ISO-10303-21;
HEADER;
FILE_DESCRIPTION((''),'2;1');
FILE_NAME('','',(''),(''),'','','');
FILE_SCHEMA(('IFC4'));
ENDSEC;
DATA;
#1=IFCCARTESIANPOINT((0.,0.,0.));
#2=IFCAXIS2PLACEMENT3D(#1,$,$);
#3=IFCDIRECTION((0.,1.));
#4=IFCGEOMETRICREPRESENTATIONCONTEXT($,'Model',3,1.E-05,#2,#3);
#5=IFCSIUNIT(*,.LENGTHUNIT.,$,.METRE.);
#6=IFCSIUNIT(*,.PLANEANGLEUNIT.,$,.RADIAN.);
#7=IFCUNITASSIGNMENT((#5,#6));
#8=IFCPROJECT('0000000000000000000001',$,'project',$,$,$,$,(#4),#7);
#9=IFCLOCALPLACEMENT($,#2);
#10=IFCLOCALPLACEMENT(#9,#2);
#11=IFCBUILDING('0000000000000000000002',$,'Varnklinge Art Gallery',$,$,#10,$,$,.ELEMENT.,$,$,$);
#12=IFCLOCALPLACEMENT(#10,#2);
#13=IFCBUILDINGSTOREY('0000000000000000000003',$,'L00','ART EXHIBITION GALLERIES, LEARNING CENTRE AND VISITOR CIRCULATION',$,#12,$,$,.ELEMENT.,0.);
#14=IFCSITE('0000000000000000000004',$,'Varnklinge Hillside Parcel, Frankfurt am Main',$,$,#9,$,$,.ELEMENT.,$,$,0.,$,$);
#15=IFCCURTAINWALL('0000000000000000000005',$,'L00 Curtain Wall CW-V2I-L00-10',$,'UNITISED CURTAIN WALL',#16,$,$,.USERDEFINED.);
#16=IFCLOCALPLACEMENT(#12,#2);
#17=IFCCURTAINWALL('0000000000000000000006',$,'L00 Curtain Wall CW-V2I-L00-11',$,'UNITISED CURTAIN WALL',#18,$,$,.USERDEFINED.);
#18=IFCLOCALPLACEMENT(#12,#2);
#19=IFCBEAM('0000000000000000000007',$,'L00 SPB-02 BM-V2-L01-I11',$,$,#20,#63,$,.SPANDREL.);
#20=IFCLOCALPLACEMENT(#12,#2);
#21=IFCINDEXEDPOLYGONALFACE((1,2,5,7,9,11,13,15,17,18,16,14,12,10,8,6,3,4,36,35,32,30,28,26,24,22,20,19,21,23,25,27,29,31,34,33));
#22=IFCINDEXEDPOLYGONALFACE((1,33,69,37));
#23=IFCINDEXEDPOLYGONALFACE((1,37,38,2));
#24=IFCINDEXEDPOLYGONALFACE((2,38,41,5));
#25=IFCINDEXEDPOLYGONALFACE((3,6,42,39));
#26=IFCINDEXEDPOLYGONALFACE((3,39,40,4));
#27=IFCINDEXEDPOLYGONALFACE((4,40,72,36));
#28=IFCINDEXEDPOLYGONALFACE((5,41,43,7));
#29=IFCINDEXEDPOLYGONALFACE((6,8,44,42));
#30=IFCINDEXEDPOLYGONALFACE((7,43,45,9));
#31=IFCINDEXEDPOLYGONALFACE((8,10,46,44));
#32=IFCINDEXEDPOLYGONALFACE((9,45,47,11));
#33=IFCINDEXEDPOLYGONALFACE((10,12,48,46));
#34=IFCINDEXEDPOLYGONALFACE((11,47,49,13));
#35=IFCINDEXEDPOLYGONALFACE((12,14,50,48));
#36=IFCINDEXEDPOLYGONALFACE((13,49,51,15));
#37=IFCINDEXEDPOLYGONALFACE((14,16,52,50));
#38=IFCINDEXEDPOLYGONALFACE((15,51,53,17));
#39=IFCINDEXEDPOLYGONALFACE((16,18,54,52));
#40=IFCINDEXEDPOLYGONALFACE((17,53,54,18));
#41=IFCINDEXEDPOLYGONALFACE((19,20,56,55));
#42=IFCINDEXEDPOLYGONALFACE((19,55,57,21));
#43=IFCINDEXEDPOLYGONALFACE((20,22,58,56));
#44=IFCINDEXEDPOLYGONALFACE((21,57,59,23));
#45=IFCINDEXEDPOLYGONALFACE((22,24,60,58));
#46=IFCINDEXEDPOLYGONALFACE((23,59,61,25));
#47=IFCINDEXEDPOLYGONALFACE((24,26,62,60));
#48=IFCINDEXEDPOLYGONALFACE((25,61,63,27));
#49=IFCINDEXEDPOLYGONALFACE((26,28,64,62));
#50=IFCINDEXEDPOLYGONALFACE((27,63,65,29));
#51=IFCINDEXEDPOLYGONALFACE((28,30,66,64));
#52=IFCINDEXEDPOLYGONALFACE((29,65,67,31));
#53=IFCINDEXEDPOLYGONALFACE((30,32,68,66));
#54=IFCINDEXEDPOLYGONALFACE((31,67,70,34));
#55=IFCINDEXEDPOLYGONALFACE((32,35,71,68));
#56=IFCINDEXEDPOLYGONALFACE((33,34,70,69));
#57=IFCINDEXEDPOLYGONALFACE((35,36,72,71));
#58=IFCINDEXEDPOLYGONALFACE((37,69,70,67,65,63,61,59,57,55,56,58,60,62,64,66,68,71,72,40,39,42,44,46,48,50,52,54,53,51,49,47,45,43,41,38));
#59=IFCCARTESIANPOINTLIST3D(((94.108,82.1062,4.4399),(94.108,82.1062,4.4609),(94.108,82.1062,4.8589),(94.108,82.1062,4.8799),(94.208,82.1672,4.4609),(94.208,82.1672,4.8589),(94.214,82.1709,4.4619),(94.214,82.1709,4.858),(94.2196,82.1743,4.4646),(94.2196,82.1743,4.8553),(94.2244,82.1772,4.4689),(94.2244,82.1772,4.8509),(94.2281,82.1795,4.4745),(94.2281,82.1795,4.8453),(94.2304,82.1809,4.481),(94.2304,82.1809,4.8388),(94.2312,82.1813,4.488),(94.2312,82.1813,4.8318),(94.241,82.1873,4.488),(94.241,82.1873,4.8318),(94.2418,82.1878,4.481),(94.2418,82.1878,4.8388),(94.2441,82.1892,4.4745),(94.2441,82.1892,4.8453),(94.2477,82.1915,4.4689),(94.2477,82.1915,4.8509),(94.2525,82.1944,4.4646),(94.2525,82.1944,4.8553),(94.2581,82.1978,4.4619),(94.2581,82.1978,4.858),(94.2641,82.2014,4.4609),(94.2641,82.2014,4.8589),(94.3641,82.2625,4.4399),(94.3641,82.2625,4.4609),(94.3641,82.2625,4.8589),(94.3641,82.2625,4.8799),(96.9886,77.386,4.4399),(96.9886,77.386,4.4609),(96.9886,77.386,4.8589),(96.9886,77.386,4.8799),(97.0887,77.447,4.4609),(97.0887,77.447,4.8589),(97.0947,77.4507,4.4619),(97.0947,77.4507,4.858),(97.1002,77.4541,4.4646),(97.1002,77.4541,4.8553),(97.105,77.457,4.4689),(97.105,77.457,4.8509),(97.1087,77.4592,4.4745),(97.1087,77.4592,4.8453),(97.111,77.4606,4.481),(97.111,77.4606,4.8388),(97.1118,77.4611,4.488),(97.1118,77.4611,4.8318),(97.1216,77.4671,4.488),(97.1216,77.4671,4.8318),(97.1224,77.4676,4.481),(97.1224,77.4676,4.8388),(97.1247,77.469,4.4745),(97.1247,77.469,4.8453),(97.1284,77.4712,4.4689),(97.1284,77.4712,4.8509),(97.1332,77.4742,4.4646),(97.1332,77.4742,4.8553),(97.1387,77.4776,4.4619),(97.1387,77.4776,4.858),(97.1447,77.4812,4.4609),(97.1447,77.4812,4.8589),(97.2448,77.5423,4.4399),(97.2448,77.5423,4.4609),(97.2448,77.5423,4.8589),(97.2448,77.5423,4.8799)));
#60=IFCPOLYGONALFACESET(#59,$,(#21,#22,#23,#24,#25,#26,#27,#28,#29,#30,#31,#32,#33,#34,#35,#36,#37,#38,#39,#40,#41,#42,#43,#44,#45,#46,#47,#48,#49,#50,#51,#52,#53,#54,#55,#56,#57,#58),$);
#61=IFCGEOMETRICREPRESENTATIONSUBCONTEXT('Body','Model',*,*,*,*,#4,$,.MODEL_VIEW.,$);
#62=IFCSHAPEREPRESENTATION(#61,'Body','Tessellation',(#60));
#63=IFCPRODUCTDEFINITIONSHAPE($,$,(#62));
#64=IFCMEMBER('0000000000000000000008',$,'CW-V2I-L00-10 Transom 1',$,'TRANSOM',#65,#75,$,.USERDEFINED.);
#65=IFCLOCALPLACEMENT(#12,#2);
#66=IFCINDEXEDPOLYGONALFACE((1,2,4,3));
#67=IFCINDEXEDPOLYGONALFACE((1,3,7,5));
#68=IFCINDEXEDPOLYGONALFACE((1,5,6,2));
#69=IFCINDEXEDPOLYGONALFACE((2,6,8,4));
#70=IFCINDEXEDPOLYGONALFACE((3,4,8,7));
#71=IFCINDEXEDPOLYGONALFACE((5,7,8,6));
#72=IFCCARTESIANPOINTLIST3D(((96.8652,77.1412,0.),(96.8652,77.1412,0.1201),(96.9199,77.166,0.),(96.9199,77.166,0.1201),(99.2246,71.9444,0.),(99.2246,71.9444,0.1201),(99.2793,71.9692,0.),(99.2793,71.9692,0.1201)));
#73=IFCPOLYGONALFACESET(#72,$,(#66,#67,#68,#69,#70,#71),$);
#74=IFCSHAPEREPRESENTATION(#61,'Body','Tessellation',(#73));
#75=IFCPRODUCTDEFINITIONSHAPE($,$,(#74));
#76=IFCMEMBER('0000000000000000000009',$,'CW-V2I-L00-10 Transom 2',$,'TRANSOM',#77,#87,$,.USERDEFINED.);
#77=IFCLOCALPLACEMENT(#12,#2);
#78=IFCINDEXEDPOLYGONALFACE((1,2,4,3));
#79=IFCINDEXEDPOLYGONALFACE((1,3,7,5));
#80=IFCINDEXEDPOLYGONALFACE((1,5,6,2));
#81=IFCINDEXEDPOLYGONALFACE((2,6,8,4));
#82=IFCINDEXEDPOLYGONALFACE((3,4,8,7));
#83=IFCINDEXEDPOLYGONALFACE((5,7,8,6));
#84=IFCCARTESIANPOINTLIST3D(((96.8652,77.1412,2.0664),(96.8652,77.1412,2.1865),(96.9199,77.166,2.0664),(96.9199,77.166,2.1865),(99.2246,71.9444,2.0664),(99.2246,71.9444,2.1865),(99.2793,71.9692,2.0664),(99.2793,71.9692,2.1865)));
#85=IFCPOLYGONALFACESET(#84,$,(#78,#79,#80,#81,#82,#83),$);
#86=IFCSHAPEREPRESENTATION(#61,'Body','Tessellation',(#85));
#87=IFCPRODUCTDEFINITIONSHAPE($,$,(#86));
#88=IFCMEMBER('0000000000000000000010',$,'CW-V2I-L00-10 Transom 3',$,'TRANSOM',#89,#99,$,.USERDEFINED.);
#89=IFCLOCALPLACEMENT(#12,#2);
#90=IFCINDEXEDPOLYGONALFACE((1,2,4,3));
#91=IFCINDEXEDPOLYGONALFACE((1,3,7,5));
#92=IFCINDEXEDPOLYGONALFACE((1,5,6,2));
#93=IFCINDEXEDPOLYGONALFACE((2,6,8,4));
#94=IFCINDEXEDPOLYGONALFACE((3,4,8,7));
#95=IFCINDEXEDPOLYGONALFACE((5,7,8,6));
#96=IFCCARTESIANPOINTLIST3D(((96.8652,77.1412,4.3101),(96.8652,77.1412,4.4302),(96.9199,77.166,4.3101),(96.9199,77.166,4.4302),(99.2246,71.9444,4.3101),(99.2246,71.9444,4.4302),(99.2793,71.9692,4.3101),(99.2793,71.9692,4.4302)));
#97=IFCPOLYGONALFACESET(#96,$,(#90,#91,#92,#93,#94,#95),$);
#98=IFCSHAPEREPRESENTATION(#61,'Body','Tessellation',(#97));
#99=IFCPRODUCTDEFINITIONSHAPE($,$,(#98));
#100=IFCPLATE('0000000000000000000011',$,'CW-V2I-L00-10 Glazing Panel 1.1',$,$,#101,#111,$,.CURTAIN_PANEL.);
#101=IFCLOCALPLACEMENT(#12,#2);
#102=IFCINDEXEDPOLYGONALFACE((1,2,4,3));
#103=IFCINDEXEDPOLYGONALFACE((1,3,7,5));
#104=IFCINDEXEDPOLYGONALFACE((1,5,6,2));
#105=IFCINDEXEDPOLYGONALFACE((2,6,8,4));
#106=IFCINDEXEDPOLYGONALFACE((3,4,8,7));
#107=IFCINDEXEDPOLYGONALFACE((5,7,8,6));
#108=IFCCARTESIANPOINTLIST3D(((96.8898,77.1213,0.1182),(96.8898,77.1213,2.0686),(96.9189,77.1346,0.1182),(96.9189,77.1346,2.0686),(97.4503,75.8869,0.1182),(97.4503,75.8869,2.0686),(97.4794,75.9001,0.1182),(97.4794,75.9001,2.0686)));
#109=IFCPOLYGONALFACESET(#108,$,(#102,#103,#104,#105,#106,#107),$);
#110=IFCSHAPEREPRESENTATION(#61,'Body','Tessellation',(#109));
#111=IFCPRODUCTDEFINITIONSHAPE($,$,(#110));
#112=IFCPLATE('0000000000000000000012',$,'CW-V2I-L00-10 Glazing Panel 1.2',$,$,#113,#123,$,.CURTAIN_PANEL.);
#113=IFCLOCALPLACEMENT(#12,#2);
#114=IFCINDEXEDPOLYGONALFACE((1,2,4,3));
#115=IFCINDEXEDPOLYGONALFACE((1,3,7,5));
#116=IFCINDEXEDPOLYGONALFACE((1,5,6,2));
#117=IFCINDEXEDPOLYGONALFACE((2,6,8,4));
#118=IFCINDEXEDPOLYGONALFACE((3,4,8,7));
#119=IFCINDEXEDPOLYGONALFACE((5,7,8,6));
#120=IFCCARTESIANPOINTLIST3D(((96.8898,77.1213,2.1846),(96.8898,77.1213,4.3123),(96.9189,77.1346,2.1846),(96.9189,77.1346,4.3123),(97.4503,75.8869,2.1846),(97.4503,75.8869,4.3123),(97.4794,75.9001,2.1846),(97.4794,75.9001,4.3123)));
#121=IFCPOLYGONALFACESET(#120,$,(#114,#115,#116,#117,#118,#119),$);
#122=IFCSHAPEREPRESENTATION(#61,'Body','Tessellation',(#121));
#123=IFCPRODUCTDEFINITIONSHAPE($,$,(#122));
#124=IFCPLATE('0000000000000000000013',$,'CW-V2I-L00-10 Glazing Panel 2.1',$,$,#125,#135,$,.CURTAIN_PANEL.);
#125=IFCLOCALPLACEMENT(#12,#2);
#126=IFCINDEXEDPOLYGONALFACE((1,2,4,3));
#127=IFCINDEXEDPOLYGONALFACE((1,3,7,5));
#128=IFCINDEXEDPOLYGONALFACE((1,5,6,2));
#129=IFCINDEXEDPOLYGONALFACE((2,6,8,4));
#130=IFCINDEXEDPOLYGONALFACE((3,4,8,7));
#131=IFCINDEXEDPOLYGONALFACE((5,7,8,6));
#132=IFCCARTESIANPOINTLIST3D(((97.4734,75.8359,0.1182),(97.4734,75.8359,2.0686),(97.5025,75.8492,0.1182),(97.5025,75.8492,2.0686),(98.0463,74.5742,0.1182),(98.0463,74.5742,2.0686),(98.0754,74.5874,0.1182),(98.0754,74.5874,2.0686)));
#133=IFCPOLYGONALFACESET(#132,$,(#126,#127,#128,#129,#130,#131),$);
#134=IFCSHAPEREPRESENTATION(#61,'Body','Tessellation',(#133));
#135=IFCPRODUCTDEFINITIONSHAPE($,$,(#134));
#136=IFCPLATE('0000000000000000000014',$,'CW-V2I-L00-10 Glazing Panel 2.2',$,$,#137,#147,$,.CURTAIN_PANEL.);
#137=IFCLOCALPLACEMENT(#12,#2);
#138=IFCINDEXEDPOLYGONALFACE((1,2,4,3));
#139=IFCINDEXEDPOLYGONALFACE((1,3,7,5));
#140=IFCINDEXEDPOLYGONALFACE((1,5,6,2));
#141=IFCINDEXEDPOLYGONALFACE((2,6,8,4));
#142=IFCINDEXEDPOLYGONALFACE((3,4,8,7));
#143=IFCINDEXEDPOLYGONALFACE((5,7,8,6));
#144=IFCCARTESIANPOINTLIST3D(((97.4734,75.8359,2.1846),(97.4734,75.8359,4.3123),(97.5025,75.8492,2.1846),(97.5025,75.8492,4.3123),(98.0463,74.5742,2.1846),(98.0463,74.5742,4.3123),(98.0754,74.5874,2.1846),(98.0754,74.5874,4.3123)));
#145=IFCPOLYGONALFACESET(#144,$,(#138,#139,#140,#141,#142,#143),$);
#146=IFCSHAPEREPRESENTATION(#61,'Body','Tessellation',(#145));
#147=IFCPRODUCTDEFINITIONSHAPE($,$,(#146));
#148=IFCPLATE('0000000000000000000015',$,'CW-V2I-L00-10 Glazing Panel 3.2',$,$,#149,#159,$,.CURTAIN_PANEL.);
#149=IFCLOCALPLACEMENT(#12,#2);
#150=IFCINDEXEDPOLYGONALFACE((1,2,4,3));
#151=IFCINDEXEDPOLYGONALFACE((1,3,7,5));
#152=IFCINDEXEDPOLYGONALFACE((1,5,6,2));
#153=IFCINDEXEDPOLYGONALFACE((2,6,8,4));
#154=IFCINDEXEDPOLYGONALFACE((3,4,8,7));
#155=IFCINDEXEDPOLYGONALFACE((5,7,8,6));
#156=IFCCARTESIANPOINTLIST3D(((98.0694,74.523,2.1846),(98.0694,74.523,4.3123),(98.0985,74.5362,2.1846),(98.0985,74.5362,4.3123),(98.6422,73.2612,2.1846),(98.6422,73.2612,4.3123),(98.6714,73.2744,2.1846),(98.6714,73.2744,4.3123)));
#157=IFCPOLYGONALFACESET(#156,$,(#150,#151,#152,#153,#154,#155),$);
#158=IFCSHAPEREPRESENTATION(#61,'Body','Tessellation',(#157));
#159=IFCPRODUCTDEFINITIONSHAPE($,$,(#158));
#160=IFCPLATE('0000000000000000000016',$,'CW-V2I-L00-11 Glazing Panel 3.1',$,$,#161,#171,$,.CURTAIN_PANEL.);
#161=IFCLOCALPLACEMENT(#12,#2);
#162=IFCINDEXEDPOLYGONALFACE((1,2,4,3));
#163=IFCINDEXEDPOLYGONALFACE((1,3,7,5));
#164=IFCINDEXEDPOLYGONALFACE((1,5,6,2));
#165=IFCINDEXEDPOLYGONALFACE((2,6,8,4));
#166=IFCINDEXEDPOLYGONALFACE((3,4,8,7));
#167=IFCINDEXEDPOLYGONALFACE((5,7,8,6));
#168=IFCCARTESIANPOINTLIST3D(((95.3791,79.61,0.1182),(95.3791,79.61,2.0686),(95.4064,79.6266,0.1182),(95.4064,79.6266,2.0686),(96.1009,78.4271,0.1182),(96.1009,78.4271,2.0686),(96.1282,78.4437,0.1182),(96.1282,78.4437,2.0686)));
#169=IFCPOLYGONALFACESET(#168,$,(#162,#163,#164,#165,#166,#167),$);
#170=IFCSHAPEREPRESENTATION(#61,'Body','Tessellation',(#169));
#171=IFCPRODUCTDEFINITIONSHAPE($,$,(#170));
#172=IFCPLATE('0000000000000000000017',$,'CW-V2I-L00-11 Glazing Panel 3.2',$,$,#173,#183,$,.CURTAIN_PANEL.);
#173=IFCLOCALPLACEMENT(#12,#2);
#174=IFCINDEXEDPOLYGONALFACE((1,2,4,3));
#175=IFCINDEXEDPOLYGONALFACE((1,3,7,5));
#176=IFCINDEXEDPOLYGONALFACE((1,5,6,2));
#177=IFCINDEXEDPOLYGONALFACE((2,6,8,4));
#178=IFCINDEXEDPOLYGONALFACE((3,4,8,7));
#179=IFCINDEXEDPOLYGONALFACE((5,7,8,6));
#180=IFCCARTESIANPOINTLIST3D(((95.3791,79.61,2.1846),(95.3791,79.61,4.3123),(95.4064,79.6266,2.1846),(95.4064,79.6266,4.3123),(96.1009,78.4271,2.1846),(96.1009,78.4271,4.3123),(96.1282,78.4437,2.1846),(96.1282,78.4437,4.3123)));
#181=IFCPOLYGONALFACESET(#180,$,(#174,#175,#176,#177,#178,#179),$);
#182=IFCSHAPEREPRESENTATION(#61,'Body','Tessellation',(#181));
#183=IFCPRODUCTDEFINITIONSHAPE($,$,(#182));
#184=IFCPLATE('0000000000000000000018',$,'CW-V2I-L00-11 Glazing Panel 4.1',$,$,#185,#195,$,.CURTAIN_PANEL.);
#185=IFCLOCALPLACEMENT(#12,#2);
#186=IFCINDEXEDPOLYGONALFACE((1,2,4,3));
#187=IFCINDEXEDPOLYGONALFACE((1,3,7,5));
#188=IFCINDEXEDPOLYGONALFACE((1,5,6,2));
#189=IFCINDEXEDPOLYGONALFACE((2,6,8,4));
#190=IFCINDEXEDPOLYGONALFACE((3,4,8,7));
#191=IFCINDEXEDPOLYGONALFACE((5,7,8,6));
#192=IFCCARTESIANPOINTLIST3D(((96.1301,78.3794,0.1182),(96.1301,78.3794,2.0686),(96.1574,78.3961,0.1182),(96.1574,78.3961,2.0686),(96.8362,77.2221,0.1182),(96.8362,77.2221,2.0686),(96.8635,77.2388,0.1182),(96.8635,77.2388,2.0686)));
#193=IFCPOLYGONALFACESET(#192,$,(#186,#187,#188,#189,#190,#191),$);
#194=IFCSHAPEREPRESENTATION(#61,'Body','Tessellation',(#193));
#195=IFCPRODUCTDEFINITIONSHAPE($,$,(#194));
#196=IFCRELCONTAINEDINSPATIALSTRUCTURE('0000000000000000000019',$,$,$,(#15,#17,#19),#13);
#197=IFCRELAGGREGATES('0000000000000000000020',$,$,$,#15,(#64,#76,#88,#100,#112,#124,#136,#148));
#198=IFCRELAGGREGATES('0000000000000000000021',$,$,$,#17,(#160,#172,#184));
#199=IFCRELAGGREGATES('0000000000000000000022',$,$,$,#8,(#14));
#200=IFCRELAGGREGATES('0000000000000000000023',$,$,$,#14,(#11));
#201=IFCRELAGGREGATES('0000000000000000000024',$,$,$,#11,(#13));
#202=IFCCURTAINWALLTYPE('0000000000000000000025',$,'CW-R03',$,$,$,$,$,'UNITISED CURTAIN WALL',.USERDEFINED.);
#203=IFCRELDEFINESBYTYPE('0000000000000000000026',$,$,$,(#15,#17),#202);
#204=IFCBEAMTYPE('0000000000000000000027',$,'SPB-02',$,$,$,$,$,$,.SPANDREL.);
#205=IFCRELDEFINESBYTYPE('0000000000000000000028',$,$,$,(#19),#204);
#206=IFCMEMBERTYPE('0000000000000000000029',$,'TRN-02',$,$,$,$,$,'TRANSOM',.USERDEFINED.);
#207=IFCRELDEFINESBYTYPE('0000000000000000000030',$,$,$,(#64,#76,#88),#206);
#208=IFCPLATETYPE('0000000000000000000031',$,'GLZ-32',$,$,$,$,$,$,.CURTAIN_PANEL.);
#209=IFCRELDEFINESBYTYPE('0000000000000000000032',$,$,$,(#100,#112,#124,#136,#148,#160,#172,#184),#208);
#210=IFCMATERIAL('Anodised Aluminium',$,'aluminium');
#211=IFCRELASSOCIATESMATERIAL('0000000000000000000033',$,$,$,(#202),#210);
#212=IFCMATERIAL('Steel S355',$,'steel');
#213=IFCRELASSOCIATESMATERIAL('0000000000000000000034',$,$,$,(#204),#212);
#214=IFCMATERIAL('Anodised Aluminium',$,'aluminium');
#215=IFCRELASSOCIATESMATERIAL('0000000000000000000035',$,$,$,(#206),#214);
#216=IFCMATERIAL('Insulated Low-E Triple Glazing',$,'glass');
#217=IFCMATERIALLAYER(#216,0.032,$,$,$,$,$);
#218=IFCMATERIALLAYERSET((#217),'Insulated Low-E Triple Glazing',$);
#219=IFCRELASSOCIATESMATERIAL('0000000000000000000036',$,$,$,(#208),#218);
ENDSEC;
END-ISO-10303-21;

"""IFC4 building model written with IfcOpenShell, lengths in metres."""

from ifc_helpers import new_model, si_unit, direction, frame, origin, origin_2d, place, context, subcontext, project, spatial, rectangle, i_section, extrude, material, layer, layer_set, material_profile, profile_set, type_object, element, aggregate, save


model = new_model("IFC4")

# Units and contexts
model_context = context("Model", 3, precision=1e-05, world=origin(), true_north=direction((0.0, 1.0)))
body_context = subcontext(model_context, "Body", "Model", "MODEL_VIEW")
ifc_project = project(units=[si_unit("LENGTHUNIT", "METRE"), si_unit("PLANEANGLEUNIT", "RADIAN")], contexts=[model_context])

# Site, building, storey
site_placement = place(None, origin())
site = spatial("IfcSite", under=ifc_project, at=site_placement, Name="Varnklinge Hillside Parcel, Frankfurt am Main", CompositionType="ELEMENT", RefElevation=0.0)
building_placement = place(site_placement, origin())
building = spatial("IfcBuilding", under=site, at=building_placement, Name="Varnklinge Art Gallery", CompositionType="ELEMENT")
storey_placement = place(building_placement, origin())
storey = spatial("IfcBuildingStorey", under=building, at=storey_placement, Name="L00", Description="ART EXHIBITION GALLERIES, LEARNING CENTRE AND VISITOR CIRCULATION", CompositionType="ELEMENT", Elevation=0.0)

# Curtain walls
ifc_material_1 = material(Name="Anodised Aluminium", Category="aluminium")
curtain_wall_type = type_object("IfcCurtainWallType", Name="CW-R03", ElementType="UNITISED CURTAIN WALL", PredefinedType="USERDEFINED", material=ifc_material_1)
curtain_wall_1_placement = place(storey_placement, origin())
curtain_wall_1 = element("IfcCurtainWall", 1, at=curtain_wall_1_placement, inside=storey, type_object=curtain_wall_type, Name="L00 Curtain Wall CW-V2I-L00-10", ObjectType="UNITISED CURTAIN WALL", PredefinedType="USERDEFINED")
curtain_wall_2_placement = place(storey_placement, origin())
curtain_wall_2 = element("IfcCurtainWall", 2, at=curtain_wall_2_placement, inside=storey, type_object=curtain_wall_type, Name="L00 Curtain Wall CW-V2I-L00-11", ObjectType="UNITISED CURTAIN WALL", PredefinedType="USERDEFINED")

# Beam
ifc_material_2 = material(Name="Steel S355", Category="steel")
ifc_material_profile_1 = material_profile(ifc_material_2, i_section(OverallWidth=0.3, OverallDepth=0.4399, WebThickness=0.0115, FlangeThickness=0.021, FilletRadius=0.0271, at=origin_2d()), Name="HEA 450")
ifc_profile_set_1 = profile_set([ifc_material_profile_1], Name="Steel S355")
beam_type_1 = type_object("IfcBeamType", Name="SPB-02", PredefinedType="SPANDREL", material=ifc_profile_set_1)
beam_1_placement = place(storey_placement, frame((97.1167, 77.4641, 4.6599), z_axis=(-0.520928, 0.8536, 0.0), x_axis=(-0.8536, -0.520928, 0.0)))
element("IfcBeam", 3, at=beam_1_placement, inside=storey, type_object=beam_type_1, Name="L00 SPB-02 BM-V2-L01-I11", PredefinedType="SPANDREL", context=body_context, shape_type="SweptSolid", body=[
    extrude(i_section(OverallWidth=0.3, OverallDepth=0.4399, WebThickness=0.0115, FlangeThickness=0.021, FilletRadius=0.0271, at=origin_2d()), origin(), (0.0, 0.0, 1.0), 5.5298),
])

# Members
ifc_material_3 = material(Name="Anodised Aluminium", Category="aluminium")
ifc_material_profile_2 = material_profile(ifc_material_3, rectangle(XDim=0.0601, YDim=0.1201, at=origin_2d()), Name="ALU 60x120")
ifc_profile_set_2 = profile_set([ifc_material_profile_2], Name="Anodised Aluminium")
member_type_1 = type_object("IfcMemberType", Name="TRN-02", ElementType="TRANSOM", PredefinedType="USERDEFINED", material=ifc_profile_set_2)
member_1_placement = place(storey_placement, frame((96.8926, 77.1536, 0.0601), z_axis=(0.413397, -0.910551, 0.0), x_axis=(0.910551, 0.413397, 0.0)))
member_1 = element("IfcMember", 4, at=member_1_placement, type_object=member_type_1, Name="CW-V2I-L00-10 Transom 1", ObjectType="TRANSOM", PredefinedType="USERDEFINED", context=body_context, shape_type="SweptSolid", body=[
    extrude(rectangle(XDim=0.0601, YDim=0.1201, at=origin_2d()), origin(), (0.0, 0.0, 1.0), 5.7073),
])
member_2_placement = place(storey_placement, frame((96.8926, 77.1536, 2.1265), z_axis=(0.413397, -0.910551, 0.0), x_axis=(0.910551, 0.413397, 0.0)))
member_2 = element("IfcMember", 5, at=member_2_placement, type_object=member_type_1, Name="CW-V2I-L00-10 Transom 2", ObjectType="TRANSOM", PredefinedType="USERDEFINED", context=body_context, shape_type="SweptSolid", body=[
    extrude(rectangle(XDim=0.0601, YDim=0.1201, at=origin_2d()), origin(), (0.0, 0.0, 1.0), 5.7073),
])
member_3_placement = place(storey_placement, frame((96.8926, 77.1536, 4.3701), z_axis=(0.413397, -0.910551, 0.0), x_axis=(0.910551, 0.413397, 0.0)))
member_3 = element("IfcMember", 6, at=member_3_placement, type_object=member_type_1, Name="CW-V2I-L00-10 Transom 3", ObjectType="TRANSOM", PredefinedType="USERDEFINED", context=body_context, shape_type="SweptSolid", body=[
    extrude(rectangle(XDim=0.0601, YDim=0.1201, at=origin_2d()), origin(), (0.0, 0.0, 1.0), 5.7073),
])

# Plates
ifc_material_4 = material(Name="Insulated Low-E Triple Glazing", Category="glass")
ifc_layer_1 = layer(ifc_material_4, 0.032)
ifc_layer_set_1 = layer_set([ifc_layer_1], Name="Insulated Low-E Triple Glazing")
plate_type = type_object("IfcPlateType", Name="GLZ-32", PredefinedType="CURTAIN_PANEL", material=ifc_layer_set_1)
plate_1_placement = place(storey_placement, frame((97.1846, 76.5107, 0.1182), z_axis=(0.0, 0.0, 1.0), x_axis=(0.413422, -0.910539, 0.0)))
plate_1 = element("IfcPlate", 7, at=plate_1_placement, type_object=plate_type, Name="CW-V2I-L00-10 Glazing Panel 1.1", PredefinedType="CURTAIN_PANEL", context=body_context, shape_type="SweptSolid", body=[
    extrude(rectangle(XDim=1.3557, YDim=0.032, at=origin_2d()), origin(), (0.0, 0.0, 1.0), 1.9504),
])
plate_2_placement = place(storey_placement, frame((97.1846, 76.5107, 2.1846), z_axis=(0.0, 0.0, 1.0), x_axis=(0.413422, -0.910539, 0.0)))
plate_2 = element("IfcPlate", 8, at=plate_2_placement, type_object=plate_type, Name="CW-V2I-L00-10 Glazing Panel 1.2", PredefinedType="CURTAIN_PANEL", context=body_context, shape_type="SweptSolid", body=[
    extrude(rectangle(XDim=1.3557, YDim=0.032, at=origin_2d()), origin(), (0.0, 0.0, 1.0), 2.1277),
])
plate_3_placement = place(storey_placement, frame((97.7744, 75.2117, 0.1182), z_axis=(0.0, 0.0, 1.0), x_axis=(0.413422, -0.910539, 0.0)))
plate_3 = element("IfcPlate", 9, at=plate_3_placement, type_object=plate_type, Name="CW-V2I-L00-10 Glazing Panel 2.1", PredefinedType="CURTAIN_PANEL", context=body_context, shape_type="SweptSolid", body=[
    extrude(rectangle(XDim=1.3857, YDim=0.032, at=origin_2d()), origin(), (0.0, 0.0, 1.0), 1.9504),
])
plate_4_placement = place(storey_placement, frame((97.7744, 75.2117, 2.1846), z_axis=(0.0, 0.0, 1.0), x_axis=(0.413422, -0.910539, 0.0)))
plate_4 = element("IfcPlate", 10, at=plate_4_placement, type_object=plate_type, Name="CW-V2I-L00-10 Glazing Panel 2.2", PredefinedType="CURTAIN_PANEL", context=body_context, shape_type="SweptSolid", body=[
    extrude(rectangle(XDim=1.3857, YDim=0.032, at=origin_2d()), origin(), (0.0, 0.0, 1.0), 2.1277),
])
plate_5_placement = place(storey_placement, frame((98.3704, 73.8987, 2.1846), z_axis=(0.0, 0.0, 1.0), x_axis=(0.413422, -0.910539, 0.0)))
plate_5 = element("IfcPlate", 11, at=plate_5_placement, type_object=plate_type, Name="CW-V2I-L00-10 Glazing Panel 3.2", PredefinedType="CURTAIN_PANEL", context=body_context, shape_type="SweptSolid", body=[
    extrude(rectangle(XDim=1.3857, YDim=0.032, at=origin_2d()), origin(), (0.0, 0.0, 1.0), 2.1277),
])
aggregate(curtain_wall_1, [member_1, member_2, member_3, plate_1, plate_2, plate_3, plate_4, plate_5])
plate_6_placement = place(storey_placement, frame((95.7537, 79.0269, 0.1182), z_axis=(0.0, 0.0, 1.0), x_axis=(0.520861, -0.853642, 0.0)))
plate_6 = element("IfcPlate", 12, at=plate_6_placement, type_object=plate_type, Name="CW-V2I-L00-11 Glazing Panel 3.1", PredefinedType="CURTAIN_PANEL", context=body_context, shape_type="SweptSolid", body=[
    extrude(rectangle(XDim=1.3857, YDim=0.032, at=origin_2d()), origin(), (0.0, 0.0, 1.0), 1.9504),
])
plate_7_placement = place(storey_placement, frame((95.7537, 79.0269, 2.1846), z_axis=(0.0, 0.0, 1.0), x_axis=(0.520861, -0.853642, 0.0)))
plate_7 = element("IfcPlate", 13, at=plate_7_placement, type_object=plate_type, Name="CW-V2I-L00-11 Glazing Panel 3.2", PredefinedType="CURTAIN_PANEL", context=body_context, shape_type="SweptSolid", body=[
    extrude(rectangle(XDim=1.3857, YDim=0.032, at=origin_2d()), origin(), (0.0, 0.0, 1.0), 2.1277),
])
plate_8_placement = place(storey_placement, frame((96.4968, 77.8091, 0.1182), z_axis=(0.0, 0.0, 1.0), x_axis=(0.520861, -0.853642, 0.0)))
plate_8 = element("IfcPlate", 14, at=plate_8_placement, type_object=plate_type, Name="CW-V2I-L00-11 Glazing Panel 4.1", PredefinedType="CURTAIN_PANEL", context=body_context, shape_type="SweptSolid", body=[
    extrude(rectangle(XDim=1.3557, YDim=0.032, at=origin_2d()), origin(), (0.0, 0.0, 1.0), 1.9504),
])
aggregate(curtain_wall_2, [plate_6, plate_7, plate_8])

save(model, "model.ifc")
